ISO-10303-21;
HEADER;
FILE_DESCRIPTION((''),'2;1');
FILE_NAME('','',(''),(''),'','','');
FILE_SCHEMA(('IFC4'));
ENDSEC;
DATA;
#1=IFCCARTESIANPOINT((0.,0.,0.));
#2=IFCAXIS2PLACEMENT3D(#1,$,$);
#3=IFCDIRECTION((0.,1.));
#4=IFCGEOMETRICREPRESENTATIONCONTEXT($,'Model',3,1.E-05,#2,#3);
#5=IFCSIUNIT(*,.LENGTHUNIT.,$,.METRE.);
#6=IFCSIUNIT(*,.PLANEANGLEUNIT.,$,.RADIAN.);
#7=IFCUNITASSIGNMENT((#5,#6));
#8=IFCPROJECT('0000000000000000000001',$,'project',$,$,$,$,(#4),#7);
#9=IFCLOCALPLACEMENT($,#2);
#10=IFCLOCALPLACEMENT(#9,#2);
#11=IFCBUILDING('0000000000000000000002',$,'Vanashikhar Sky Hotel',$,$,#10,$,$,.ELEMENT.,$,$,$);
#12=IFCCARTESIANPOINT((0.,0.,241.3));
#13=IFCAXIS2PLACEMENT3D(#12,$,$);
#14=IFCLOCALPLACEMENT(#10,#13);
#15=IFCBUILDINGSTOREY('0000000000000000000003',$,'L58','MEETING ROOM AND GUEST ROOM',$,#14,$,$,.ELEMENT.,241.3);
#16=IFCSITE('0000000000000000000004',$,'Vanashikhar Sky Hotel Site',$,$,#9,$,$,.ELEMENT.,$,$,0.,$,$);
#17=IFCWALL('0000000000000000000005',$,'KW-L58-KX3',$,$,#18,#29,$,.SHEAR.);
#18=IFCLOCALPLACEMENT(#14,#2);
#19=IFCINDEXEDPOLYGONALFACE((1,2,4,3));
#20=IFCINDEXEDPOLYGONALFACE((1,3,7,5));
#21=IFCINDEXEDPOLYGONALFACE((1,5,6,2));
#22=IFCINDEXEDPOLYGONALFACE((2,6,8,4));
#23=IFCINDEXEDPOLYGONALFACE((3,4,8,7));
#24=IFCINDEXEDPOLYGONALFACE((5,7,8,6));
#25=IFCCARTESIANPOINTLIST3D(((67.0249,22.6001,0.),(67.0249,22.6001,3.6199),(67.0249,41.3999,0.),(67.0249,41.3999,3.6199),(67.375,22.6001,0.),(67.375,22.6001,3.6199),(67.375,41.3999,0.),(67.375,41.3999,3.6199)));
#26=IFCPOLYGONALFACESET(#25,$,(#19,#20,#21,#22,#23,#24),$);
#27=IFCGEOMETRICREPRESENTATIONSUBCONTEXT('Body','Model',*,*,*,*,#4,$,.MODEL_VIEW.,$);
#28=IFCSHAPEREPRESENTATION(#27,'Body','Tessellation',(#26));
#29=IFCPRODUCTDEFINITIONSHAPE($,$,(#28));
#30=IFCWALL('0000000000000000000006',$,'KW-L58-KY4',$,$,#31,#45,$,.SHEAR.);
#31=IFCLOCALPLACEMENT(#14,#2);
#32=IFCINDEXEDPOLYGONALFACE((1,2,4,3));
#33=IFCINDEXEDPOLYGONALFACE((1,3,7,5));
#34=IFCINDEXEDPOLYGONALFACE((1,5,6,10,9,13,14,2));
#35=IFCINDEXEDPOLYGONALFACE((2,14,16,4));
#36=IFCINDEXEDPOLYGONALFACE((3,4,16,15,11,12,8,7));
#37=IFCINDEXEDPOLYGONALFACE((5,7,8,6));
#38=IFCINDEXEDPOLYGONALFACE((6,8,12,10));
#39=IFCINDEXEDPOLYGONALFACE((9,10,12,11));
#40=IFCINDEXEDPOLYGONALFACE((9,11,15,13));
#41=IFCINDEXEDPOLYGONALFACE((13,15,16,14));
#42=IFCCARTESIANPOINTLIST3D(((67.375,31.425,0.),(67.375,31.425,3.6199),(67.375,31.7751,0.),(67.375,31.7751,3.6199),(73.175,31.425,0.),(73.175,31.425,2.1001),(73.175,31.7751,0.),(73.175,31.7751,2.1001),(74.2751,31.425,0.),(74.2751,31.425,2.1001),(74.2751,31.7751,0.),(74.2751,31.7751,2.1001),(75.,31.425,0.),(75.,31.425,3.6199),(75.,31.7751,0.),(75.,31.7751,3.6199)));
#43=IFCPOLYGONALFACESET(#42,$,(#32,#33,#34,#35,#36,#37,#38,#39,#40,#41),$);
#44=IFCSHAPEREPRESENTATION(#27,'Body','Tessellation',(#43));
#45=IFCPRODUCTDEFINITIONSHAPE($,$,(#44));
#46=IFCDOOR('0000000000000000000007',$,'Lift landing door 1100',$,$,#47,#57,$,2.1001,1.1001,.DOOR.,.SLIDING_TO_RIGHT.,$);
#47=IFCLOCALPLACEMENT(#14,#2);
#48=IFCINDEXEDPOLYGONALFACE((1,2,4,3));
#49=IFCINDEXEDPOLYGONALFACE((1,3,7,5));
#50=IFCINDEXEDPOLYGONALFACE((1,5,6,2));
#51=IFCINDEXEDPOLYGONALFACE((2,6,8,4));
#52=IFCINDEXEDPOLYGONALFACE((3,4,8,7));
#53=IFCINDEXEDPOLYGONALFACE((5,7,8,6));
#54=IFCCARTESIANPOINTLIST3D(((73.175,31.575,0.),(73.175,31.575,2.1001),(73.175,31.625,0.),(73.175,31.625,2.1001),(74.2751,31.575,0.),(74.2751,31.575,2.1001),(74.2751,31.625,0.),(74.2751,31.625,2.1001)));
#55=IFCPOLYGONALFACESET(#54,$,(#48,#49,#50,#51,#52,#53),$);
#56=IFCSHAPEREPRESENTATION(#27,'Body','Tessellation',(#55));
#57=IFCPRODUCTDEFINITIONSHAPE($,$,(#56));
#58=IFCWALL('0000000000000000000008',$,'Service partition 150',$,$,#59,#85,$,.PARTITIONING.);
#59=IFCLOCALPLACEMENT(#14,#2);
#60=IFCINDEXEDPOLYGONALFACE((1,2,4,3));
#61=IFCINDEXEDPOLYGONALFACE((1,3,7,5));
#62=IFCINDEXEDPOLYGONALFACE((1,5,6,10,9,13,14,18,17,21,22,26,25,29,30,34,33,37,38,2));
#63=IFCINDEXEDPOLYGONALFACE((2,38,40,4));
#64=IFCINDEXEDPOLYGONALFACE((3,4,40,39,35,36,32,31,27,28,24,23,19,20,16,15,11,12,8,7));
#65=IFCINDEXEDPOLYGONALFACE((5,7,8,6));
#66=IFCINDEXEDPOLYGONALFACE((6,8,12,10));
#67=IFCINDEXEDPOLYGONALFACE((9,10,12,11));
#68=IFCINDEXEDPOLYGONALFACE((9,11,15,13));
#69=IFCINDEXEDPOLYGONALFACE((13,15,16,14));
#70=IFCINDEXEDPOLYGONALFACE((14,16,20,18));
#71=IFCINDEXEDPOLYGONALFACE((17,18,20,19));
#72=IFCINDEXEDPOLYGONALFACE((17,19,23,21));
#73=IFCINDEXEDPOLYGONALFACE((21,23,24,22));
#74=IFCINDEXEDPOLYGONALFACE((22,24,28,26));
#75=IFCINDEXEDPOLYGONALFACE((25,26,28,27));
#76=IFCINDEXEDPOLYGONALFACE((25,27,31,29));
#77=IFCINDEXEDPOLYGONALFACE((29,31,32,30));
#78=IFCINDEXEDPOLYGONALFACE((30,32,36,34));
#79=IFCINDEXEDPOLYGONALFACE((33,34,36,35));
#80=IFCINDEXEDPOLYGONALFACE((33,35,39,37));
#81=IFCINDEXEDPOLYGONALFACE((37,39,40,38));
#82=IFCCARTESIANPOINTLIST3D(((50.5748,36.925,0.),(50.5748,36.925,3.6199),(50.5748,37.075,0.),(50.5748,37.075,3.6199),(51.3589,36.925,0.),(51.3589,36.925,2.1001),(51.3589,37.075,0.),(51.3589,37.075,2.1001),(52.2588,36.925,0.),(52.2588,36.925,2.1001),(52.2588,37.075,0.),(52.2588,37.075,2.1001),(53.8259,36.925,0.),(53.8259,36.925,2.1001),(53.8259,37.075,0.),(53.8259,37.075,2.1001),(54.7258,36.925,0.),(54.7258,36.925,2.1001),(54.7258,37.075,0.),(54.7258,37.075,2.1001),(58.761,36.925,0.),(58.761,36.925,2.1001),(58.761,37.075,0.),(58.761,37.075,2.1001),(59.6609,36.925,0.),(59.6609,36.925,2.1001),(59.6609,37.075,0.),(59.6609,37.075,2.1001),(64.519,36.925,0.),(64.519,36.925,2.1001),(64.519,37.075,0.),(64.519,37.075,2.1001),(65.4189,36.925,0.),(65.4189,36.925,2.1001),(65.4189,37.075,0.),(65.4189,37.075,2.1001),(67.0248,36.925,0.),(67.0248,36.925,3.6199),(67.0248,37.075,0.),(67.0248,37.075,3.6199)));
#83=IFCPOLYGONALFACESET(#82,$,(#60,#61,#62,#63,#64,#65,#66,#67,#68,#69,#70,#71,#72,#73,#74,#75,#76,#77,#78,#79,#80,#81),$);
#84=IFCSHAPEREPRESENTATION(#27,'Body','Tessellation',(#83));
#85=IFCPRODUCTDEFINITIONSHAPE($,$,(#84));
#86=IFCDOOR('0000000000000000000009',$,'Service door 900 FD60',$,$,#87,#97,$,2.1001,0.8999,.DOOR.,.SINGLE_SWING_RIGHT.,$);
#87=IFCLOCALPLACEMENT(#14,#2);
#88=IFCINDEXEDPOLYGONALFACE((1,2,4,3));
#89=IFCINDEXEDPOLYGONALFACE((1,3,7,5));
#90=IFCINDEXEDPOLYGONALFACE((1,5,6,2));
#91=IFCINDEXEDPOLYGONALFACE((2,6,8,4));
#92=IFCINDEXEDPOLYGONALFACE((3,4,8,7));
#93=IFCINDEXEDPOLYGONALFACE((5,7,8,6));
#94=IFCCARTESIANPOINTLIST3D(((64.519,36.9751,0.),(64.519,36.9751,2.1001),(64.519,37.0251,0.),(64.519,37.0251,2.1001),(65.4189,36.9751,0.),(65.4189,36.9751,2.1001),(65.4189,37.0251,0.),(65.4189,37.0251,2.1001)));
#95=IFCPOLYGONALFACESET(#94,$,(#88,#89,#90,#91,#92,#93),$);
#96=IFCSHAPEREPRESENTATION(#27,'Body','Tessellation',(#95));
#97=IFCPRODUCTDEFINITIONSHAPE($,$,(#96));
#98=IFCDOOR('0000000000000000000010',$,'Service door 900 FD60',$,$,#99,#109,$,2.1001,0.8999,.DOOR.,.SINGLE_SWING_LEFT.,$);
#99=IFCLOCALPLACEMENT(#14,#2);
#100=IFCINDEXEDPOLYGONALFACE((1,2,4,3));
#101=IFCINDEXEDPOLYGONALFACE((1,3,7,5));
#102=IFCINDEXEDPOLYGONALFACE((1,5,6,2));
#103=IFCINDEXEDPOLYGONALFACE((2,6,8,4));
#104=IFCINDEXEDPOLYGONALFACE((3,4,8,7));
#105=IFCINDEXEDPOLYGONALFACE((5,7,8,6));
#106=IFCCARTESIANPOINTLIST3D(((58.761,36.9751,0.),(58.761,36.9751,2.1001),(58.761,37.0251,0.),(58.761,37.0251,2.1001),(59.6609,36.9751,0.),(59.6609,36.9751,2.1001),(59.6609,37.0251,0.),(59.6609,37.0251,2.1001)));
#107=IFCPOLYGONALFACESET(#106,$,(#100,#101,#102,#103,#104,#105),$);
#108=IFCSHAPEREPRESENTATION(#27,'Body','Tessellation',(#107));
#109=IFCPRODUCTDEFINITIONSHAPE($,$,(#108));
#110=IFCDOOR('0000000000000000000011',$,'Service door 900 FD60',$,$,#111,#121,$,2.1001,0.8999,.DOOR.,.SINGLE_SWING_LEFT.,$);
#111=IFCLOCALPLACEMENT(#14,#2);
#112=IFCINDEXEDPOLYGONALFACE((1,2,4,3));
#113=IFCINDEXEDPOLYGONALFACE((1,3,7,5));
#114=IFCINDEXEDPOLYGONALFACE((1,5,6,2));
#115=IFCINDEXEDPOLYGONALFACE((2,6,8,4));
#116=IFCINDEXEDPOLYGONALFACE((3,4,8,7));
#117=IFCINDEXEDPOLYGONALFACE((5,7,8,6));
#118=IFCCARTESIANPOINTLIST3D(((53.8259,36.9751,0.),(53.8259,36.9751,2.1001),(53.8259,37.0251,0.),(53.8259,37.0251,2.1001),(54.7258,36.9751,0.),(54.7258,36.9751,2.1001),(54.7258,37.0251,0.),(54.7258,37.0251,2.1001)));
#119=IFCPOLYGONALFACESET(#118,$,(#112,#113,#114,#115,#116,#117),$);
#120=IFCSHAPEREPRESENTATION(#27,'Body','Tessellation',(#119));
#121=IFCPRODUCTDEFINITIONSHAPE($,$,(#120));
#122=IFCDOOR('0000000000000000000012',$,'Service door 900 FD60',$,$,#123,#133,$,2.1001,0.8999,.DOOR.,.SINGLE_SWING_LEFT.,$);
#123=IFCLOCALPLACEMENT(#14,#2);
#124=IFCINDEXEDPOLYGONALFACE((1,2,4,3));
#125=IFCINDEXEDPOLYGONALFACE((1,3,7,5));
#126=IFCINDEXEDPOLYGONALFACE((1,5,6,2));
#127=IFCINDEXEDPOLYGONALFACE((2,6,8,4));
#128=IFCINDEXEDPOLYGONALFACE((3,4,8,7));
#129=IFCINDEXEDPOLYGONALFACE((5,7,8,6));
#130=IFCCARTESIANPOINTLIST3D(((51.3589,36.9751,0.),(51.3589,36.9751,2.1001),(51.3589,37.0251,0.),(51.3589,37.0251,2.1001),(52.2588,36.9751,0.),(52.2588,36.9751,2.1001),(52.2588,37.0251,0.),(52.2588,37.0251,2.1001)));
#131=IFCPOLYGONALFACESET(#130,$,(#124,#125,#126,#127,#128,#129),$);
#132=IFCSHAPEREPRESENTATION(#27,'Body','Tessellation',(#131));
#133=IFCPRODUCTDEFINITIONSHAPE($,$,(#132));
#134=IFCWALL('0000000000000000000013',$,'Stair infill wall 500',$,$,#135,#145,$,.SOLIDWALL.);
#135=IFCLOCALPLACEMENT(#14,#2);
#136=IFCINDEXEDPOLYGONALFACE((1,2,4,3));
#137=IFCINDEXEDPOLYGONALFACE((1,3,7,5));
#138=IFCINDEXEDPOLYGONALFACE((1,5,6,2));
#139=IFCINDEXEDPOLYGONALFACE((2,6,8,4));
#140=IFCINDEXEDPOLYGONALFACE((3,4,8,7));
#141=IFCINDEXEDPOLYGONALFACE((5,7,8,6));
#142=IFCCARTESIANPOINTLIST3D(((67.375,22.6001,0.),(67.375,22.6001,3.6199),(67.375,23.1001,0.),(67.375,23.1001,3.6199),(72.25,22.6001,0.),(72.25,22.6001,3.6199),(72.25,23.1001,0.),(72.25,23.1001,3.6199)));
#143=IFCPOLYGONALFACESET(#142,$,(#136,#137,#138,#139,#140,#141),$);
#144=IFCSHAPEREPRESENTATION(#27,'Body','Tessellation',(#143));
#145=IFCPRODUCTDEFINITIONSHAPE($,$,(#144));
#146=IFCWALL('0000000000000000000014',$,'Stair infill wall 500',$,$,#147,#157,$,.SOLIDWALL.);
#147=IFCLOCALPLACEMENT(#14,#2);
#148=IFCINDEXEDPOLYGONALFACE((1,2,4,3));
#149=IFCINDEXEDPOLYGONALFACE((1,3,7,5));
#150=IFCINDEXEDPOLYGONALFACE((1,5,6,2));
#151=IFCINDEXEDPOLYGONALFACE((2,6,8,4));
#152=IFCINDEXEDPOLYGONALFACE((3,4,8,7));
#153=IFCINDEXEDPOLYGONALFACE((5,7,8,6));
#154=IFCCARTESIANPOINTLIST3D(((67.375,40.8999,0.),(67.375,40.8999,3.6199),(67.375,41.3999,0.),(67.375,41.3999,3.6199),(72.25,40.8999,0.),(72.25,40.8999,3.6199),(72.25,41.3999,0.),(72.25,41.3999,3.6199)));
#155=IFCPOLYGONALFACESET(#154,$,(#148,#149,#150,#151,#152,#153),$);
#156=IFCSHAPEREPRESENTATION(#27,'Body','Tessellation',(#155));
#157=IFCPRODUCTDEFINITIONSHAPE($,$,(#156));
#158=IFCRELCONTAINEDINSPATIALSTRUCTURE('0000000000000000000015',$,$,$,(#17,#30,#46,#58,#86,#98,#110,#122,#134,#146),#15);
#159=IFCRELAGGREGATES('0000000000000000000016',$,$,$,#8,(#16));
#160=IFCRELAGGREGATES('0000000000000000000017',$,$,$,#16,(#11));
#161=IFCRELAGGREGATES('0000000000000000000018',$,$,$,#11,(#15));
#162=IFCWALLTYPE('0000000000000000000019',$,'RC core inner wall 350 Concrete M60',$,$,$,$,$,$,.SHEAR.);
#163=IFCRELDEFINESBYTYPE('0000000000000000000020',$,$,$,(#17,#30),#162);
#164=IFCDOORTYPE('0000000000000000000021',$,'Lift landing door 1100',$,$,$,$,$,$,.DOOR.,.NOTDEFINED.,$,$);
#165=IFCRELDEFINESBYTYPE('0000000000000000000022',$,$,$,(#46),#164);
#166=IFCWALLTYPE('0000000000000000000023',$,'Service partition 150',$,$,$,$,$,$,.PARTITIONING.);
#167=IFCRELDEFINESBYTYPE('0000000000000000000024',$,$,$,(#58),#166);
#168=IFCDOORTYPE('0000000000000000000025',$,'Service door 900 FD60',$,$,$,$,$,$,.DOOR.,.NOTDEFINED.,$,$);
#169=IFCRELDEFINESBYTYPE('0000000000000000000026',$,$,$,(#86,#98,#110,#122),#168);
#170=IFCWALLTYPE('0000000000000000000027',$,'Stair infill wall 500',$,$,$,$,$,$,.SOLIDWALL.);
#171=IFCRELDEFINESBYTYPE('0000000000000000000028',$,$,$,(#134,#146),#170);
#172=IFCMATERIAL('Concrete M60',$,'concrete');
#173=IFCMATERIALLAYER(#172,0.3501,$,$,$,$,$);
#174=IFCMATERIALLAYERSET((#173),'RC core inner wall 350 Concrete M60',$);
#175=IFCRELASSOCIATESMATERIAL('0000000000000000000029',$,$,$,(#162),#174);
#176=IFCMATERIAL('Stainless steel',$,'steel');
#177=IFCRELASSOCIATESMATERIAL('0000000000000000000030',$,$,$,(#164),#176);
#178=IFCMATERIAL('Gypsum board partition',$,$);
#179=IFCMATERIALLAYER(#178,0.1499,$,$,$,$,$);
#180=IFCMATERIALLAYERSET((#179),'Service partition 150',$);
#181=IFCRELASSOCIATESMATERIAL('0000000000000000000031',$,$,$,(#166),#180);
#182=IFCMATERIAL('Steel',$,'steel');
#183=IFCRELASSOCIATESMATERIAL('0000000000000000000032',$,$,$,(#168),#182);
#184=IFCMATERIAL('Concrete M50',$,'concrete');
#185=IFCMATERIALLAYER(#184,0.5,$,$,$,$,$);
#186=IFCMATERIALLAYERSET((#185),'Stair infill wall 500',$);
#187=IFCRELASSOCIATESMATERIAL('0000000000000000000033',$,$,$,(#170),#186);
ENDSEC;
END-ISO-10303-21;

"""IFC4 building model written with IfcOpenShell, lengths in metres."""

from ifc_helpers import new_model, si_unit, direction, frame, frame_2d, origin, place, context, subcontext, project, spatial, rectangle, extrude, source, transform, mapped, material, layer, layer_set, type_object, element, fill, save


model = new_model("IFC4")

# Units and contexts
model_context = context("Model", 3, precision=1e-05, world=origin(), true_north=direction((0.0, 1.0)))
body_context = subcontext(model_context, "Body", "Model", "MODEL_VIEW")
ifc_project = project(units=[si_unit("LENGTHUNIT", "METRE"), si_unit("PLANEANGLEUNIT", "RADIAN")], contexts=[model_context])

# Site, building, storey
site_placement = place(None, origin())
site = spatial("IfcSite", under=ifc_project, at=site_placement, Name="Vanashikhar Sky Hotel Site", CompositionType="ELEMENT", RefElevation=0.0)
building_placement = place(site_placement, origin())
building = spatial("IfcBuilding", under=site, at=building_placement, Name="Vanashikhar Sky Hotel", CompositionType="ELEMENT")
storey_placement = place(building_placement, frame((0.0, 0.0, 241.3)))
storey = spatial("IfcBuildingStorey", under=building, at=storey_placement, Name="L58", Description="MEETING ROOM AND GUEST ROOM", CompositionType="ELEMENT", Elevation=241.3)

# Wall
ifc_material_1 = material(Name="Concrete M60", Category="concrete")
ifc_layer_1 = layer(ifc_material_1, 0.3501)
ifc_layer_set_1 = layer_set([ifc_layer_1], Name="RC core inner wall 350 Concrete M60")
wall_type_1 = type_object("IfcWallType", Name="RC core inner wall 350 Concrete M60", PredefinedType="SHEAR", material=ifc_layer_set_1)
shared_shape_1 = source(origin(), body_context, "Body", "SweptSolid", [
    extrude(rectangle(XDim=18.7998, YDim=0.3501, at=frame_2d((9.3999, 0.0))), origin(), (0.0, 0.0, 1.0), 3.6199),
])
wall_1_placement = place(storey_placement, frame((67.2, 22.6001, 0.0), z_axis=(0.0, 0.0, 1.0), x_axis=(0.0, 1.0, 0.0)))
element("IfcWall", 1, at=wall_1_placement, inside=storey, type_object=wall_type_1, Name="KW-L58-KX3", PredefinedType="SHEAR", context=body_context, shape_type="MappedRepresentation", body=[
    mapped(shared_shape_1, transform((0.0, 0.0, 0.0), scale=1.0)),
])

# Wall, opening, door
shared_shape_2 = source(origin(), body_context, "Body", "SweptSolid", [
    extrude(rectangle(XDim=7.625, YDim=0.3501, at=frame_2d((3.8125, 0.0))), origin(), (0.0, 0.0, 1.0), 3.6199),
])
wall_2_placement = place(storey_placement, frame((67.375, 31.6001, 0.0), z_axis=(0.0, 0.0, 1.0), x_axis=(1.0, 0.0, 0.0)))
wall_2 = element("IfcWall", 2, at=wall_2_placement, inside=storey, type_object=wall_type_1, Name="KW-L58-KY4", PredefinedType="SHEAR", context=body_context, shape_type="MappedRepresentation", body=[
    mapped(shared_shape_2, transform((0.0, 0.0, 0.0), scale=1.0)),
])
shared_shape_3 = source(origin(), body_context, "Body", "SweptSolid", [
    extrude(rectangle(XDim=1.1001, YDim=2.1001, at=frame_2d((0.55, 1.05))), frame((0.0, 0.1851, 0.0), z_axis=(0.0, -1.0, 0.0), x_axis=(1.0, 0.0, 0.0)), (0.0, 0.0, 1.0), 0.3701),
])
opening_1_placement = place(wall_2_placement, frame((5.8, 0.0, 0.0)))
opening_1 = element("IfcOpeningElement", 3, at=opening_1_placement, cuts=wall_2, PredefinedType="OPENING", context=body_context, shape_type="MappedRepresentation", body=[
    mapped(shared_shape_3, transform((0.0, 0.0, 0.0), scale=1.0)),
])
ifc_material_2 = material(Name="Stainless steel", Category="steel")
door_type_1 = type_object("IfcDoorType", Name="Lift landing door 1100", OperationType="NOTDEFINED", PredefinedType="DOOR", material=ifc_material_2)
shared_shape_4 = source(origin(), body_context, "Body", "SweptSolid", [
    extrude(rectangle(XDim=1.1001, YDim=2.1001, at=frame_2d((0.55, 1.05))), frame((0.0, 0.0249, 0.0), z_axis=(0.0, -1.0, 0.0), x_axis=(1.0, 0.0, 0.0)), (0.0, 0.0, 1.0), 0.05),
])
door_1_placement = place(opening_1_placement, origin())
door_1 = element("IfcDoor", 4, at=door_1_placement, inside=storey, type_object=door_type_1, Name="Lift landing door 1100", OperationType="SLIDING_TO_RIGHT", OverallHeight=2.1001, OverallWidth=1.1001, PredefinedType="DOOR", context=body_context, shape_type="MappedRepresentation", body=[
    mapped(shared_shape_4, transform((0.0, 0.0, 0.0), scale=1.0)),
])
fill(opening_1, door_1)

# Wall, openings, doors
ifc_material_3 = material(Name="Gypsum board partition")
ifc_layer_2 = layer(ifc_material_3, 0.1499)
ifc_layer_set_2 = layer_set([ifc_layer_2], Name="Service partition 150")
wall_type_2 = type_object("IfcWallType", Name="Service partition 150", PredefinedType="PARTITIONING", material=ifc_layer_set_2)
shared_shape_5 = source(origin(), body_context, "Body", "SweptSolid", [
    extrude(rectangle(XDim=16.45, YDim=0.1499, at=frame_2d((8.2251, 0.0))), origin(), (0.0, 0.0, 1.0), 3.6199),
])
wall_3_placement = place(storey_placement, frame((67.0249, 37.0, 0.0), z_axis=(0.0, 0.0, 1.0), x_axis=(-1.0, 0.0, 0.0)))
wall_3 = element("IfcWall", 5, at=wall_3_placement, inside=storey, type_object=wall_type_2, Name="Service partition 150", PredefinedType="PARTITIONING", context=body_context, shape_type="MappedRepresentation", body=[
    mapped(shared_shape_5, transform((0.0, 0.0, 0.0), scale=1.0)),
])
shared_shape_6 = source(origin(), body_context, "Body", "SweptSolid", [
    extrude(rectangle(XDim=0.8999, YDim=2.1001, at=frame_2d((0.45, 1.05))), frame((0.0, 0.085, 0.0), z_axis=(0.0, -1.0, 0.0), x_axis=(1.0, 0.0, 0.0)), (0.0, 0.0, 1.0), 0.1699),
])
opening_2_placement = place(wall_3_placement, frame((1.606, 0.0, 0.0)))
opening_2 = element("IfcOpeningElement", 6, at=opening_2_placement, cuts=wall_3, PredefinedType="OPENING", context=body_context, shape_type="MappedRepresentation", body=[
    mapped(shared_shape_6, transform((0.0, 0.0, 0.0), scale=1.0)),
])
opening_3_placement = place(wall_3_placement, frame((7.364, 0.0, 0.0)))
opening_3 = element("IfcOpeningElement", 7, at=opening_3_placement, cuts=wall_3, PredefinedType="OPENING", context=body_context, shape_type="MappedRepresentation", body=[
    mapped(shared_shape_6, transform((0.0, 0.0, 0.0), scale=1.0)),
])
opening_4_placement = place(wall_3_placement, frame((12.2991, 0.0, 0.0)))
opening_4 = element("IfcOpeningElement", 8, at=opening_4_placement, cuts=wall_3, PredefinedType="OPENING", context=body_context, shape_type="MappedRepresentation", body=[
    mapped(shared_shape_6, transform((0.0, 0.0, 0.0), scale=1.0)),
])
opening_5_placement = place(wall_3_placement, frame((14.7661, 0.0, 0.0)))
opening_5 = element("IfcOpeningElement", 9, at=opening_5_placement, cuts=wall_3, PredefinedType="OPENING", context=body_context, shape_type="MappedRepresentation", body=[
    mapped(shared_shape_6, transform((0.0, 0.0, 0.0), scale=1.0)),
])
ifc_material_4 = material(Name="Steel", Category="steel")
door_type_2 = type_object("IfcDoorType", Name="Service door 900 FD60", OperationType="NOTDEFINED", PredefinedType="DOOR", material=ifc_material_4)
shared_shape_7 = source(origin(), body_context, "Body", "SweptSolid", [
    extrude(rectangle(XDim=0.8999, YDim=2.1001, at=frame_2d((0.45, 1.05))), frame((0.0, 0.0249, 0.0), z_axis=(0.0, -1.0, 0.0), x_axis=(1.0, 0.0, 0.0)), (0.0, 0.0, 1.0), 0.05),
])
door_2_placement = place(opening_2_placement, origin())
door_2 = element("IfcDoor", 10, at=door_2_placement, inside=storey, type_object=door_type_2, Name="Service door 900 FD60", OperationType="SINGLE_SWING_RIGHT", OverallHeight=2.1001, OverallWidth=0.8999, PredefinedType="DOOR", context=body_context, shape_type="MappedRepresentation", body=[
    mapped(shared_shape_7, transform((0.0, 0.0, 0.0), scale=1.0)),
])
fill(opening_2, door_2)
door_3_placement = place(opening_3_placement, origin())
door_3 = element("IfcDoor", 11, at=door_3_placement, inside=storey, type_object=door_type_2, Name="Service door 900 FD60", OperationType="SINGLE_SWING_LEFT", OverallHeight=2.1001, OverallWidth=0.8999, PredefinedType="DOOR", context=body_context, shape_type="MappedRepresentation", body=[
    mapped(shared_shape_7, transform((0.0, 0.0, 0.0), scale=1.0)),
])
fill(opening_3, door_3)
door_4_placement = place(opening_4_placement, origin())
door_4 = element("IfcDoor", 12, at=door_4_placement, inside=storey, type_object=door_type_2, Name="Service door 900 FD60", OperationType="SINGLE_SWING_LEFT", OverallHeight=2.1001, OverallWidth=0.8999, PredefinedType="DOOR", context=body_context, shape_type="MappedRepresentation", body=[
    mapped(shared_shape_7, transform((0.0, 0.0, 0.0), scale=1.0)),
])
fill(opening_4, door_4)
door_5_placement = place(opening_5_placement, origin())
door_5 = element("IfcDoor", 13, at=door_5_placement, inside=storey, type_object=door_type_2, Name="Service door 900 FD60", OperationType="SINGLE_SWING_LEFT", OverallHeight=2.1001, OverallWidth=0.8999, PredefinedType="DOOR", context=body_context, shape_type="MappedRepresentation", body=[
    mapped(shared_shape_7, transform((0.0, 0.0, 0.0), scale=1.0)),
])
fill(opening_5, door_5)

# Walls
ifc_material_5 = material(Name="Concrete M50", Category="concrete")
ifc_layer_3 = layer(ifc_material_5, 0.5)
ifc_layer_set_3 = layer_set([ifc_layer_3], Name="Stair infill wall 500")
wall_type_3 = type_object("IfcWallType", Name="Stair infill wall 500", PredefinedType="SOLIDWALL", material=ifc_layer_set_3)
shared_shape_8 = source(origin(), body_context, "Body", "SweptSolid", [
    extrude(rectangle(XDim=4.875, YDim=0.5, at=frame_2d((2.4375, 0.0))), origin(), (0.0, 0.0, 1.0), 3.6199),
])
for number, where, z_axis, x_axis, name in (
    (14, (67.375, 22.8501, 0.0), (0.0, 0.0, 1.0), (1.0, 0.0, 0.0), "Stair infill wall 500"),
    (15, (67.375, 41.1499, 0.0), (0.0, 0.0, 1.0), (1.0, 0.0, 0.0), "Stair infill wall 500"),
):
    element("IfcWall", number, at=place(storey_placement, frame(where, z_axis=z_axis, x_axis=x_axis)), inside=storey, type_object=wall_type_3, Name=name, PredefinedType="SOLIDWALL", context=body_context, shape_type="MappedRepresentation", body=[
        mapped(shared_shape_8, transform((0.0, 0.0, 0.0), scale=1.0)),
    ])

save(model, "model.ifc")
